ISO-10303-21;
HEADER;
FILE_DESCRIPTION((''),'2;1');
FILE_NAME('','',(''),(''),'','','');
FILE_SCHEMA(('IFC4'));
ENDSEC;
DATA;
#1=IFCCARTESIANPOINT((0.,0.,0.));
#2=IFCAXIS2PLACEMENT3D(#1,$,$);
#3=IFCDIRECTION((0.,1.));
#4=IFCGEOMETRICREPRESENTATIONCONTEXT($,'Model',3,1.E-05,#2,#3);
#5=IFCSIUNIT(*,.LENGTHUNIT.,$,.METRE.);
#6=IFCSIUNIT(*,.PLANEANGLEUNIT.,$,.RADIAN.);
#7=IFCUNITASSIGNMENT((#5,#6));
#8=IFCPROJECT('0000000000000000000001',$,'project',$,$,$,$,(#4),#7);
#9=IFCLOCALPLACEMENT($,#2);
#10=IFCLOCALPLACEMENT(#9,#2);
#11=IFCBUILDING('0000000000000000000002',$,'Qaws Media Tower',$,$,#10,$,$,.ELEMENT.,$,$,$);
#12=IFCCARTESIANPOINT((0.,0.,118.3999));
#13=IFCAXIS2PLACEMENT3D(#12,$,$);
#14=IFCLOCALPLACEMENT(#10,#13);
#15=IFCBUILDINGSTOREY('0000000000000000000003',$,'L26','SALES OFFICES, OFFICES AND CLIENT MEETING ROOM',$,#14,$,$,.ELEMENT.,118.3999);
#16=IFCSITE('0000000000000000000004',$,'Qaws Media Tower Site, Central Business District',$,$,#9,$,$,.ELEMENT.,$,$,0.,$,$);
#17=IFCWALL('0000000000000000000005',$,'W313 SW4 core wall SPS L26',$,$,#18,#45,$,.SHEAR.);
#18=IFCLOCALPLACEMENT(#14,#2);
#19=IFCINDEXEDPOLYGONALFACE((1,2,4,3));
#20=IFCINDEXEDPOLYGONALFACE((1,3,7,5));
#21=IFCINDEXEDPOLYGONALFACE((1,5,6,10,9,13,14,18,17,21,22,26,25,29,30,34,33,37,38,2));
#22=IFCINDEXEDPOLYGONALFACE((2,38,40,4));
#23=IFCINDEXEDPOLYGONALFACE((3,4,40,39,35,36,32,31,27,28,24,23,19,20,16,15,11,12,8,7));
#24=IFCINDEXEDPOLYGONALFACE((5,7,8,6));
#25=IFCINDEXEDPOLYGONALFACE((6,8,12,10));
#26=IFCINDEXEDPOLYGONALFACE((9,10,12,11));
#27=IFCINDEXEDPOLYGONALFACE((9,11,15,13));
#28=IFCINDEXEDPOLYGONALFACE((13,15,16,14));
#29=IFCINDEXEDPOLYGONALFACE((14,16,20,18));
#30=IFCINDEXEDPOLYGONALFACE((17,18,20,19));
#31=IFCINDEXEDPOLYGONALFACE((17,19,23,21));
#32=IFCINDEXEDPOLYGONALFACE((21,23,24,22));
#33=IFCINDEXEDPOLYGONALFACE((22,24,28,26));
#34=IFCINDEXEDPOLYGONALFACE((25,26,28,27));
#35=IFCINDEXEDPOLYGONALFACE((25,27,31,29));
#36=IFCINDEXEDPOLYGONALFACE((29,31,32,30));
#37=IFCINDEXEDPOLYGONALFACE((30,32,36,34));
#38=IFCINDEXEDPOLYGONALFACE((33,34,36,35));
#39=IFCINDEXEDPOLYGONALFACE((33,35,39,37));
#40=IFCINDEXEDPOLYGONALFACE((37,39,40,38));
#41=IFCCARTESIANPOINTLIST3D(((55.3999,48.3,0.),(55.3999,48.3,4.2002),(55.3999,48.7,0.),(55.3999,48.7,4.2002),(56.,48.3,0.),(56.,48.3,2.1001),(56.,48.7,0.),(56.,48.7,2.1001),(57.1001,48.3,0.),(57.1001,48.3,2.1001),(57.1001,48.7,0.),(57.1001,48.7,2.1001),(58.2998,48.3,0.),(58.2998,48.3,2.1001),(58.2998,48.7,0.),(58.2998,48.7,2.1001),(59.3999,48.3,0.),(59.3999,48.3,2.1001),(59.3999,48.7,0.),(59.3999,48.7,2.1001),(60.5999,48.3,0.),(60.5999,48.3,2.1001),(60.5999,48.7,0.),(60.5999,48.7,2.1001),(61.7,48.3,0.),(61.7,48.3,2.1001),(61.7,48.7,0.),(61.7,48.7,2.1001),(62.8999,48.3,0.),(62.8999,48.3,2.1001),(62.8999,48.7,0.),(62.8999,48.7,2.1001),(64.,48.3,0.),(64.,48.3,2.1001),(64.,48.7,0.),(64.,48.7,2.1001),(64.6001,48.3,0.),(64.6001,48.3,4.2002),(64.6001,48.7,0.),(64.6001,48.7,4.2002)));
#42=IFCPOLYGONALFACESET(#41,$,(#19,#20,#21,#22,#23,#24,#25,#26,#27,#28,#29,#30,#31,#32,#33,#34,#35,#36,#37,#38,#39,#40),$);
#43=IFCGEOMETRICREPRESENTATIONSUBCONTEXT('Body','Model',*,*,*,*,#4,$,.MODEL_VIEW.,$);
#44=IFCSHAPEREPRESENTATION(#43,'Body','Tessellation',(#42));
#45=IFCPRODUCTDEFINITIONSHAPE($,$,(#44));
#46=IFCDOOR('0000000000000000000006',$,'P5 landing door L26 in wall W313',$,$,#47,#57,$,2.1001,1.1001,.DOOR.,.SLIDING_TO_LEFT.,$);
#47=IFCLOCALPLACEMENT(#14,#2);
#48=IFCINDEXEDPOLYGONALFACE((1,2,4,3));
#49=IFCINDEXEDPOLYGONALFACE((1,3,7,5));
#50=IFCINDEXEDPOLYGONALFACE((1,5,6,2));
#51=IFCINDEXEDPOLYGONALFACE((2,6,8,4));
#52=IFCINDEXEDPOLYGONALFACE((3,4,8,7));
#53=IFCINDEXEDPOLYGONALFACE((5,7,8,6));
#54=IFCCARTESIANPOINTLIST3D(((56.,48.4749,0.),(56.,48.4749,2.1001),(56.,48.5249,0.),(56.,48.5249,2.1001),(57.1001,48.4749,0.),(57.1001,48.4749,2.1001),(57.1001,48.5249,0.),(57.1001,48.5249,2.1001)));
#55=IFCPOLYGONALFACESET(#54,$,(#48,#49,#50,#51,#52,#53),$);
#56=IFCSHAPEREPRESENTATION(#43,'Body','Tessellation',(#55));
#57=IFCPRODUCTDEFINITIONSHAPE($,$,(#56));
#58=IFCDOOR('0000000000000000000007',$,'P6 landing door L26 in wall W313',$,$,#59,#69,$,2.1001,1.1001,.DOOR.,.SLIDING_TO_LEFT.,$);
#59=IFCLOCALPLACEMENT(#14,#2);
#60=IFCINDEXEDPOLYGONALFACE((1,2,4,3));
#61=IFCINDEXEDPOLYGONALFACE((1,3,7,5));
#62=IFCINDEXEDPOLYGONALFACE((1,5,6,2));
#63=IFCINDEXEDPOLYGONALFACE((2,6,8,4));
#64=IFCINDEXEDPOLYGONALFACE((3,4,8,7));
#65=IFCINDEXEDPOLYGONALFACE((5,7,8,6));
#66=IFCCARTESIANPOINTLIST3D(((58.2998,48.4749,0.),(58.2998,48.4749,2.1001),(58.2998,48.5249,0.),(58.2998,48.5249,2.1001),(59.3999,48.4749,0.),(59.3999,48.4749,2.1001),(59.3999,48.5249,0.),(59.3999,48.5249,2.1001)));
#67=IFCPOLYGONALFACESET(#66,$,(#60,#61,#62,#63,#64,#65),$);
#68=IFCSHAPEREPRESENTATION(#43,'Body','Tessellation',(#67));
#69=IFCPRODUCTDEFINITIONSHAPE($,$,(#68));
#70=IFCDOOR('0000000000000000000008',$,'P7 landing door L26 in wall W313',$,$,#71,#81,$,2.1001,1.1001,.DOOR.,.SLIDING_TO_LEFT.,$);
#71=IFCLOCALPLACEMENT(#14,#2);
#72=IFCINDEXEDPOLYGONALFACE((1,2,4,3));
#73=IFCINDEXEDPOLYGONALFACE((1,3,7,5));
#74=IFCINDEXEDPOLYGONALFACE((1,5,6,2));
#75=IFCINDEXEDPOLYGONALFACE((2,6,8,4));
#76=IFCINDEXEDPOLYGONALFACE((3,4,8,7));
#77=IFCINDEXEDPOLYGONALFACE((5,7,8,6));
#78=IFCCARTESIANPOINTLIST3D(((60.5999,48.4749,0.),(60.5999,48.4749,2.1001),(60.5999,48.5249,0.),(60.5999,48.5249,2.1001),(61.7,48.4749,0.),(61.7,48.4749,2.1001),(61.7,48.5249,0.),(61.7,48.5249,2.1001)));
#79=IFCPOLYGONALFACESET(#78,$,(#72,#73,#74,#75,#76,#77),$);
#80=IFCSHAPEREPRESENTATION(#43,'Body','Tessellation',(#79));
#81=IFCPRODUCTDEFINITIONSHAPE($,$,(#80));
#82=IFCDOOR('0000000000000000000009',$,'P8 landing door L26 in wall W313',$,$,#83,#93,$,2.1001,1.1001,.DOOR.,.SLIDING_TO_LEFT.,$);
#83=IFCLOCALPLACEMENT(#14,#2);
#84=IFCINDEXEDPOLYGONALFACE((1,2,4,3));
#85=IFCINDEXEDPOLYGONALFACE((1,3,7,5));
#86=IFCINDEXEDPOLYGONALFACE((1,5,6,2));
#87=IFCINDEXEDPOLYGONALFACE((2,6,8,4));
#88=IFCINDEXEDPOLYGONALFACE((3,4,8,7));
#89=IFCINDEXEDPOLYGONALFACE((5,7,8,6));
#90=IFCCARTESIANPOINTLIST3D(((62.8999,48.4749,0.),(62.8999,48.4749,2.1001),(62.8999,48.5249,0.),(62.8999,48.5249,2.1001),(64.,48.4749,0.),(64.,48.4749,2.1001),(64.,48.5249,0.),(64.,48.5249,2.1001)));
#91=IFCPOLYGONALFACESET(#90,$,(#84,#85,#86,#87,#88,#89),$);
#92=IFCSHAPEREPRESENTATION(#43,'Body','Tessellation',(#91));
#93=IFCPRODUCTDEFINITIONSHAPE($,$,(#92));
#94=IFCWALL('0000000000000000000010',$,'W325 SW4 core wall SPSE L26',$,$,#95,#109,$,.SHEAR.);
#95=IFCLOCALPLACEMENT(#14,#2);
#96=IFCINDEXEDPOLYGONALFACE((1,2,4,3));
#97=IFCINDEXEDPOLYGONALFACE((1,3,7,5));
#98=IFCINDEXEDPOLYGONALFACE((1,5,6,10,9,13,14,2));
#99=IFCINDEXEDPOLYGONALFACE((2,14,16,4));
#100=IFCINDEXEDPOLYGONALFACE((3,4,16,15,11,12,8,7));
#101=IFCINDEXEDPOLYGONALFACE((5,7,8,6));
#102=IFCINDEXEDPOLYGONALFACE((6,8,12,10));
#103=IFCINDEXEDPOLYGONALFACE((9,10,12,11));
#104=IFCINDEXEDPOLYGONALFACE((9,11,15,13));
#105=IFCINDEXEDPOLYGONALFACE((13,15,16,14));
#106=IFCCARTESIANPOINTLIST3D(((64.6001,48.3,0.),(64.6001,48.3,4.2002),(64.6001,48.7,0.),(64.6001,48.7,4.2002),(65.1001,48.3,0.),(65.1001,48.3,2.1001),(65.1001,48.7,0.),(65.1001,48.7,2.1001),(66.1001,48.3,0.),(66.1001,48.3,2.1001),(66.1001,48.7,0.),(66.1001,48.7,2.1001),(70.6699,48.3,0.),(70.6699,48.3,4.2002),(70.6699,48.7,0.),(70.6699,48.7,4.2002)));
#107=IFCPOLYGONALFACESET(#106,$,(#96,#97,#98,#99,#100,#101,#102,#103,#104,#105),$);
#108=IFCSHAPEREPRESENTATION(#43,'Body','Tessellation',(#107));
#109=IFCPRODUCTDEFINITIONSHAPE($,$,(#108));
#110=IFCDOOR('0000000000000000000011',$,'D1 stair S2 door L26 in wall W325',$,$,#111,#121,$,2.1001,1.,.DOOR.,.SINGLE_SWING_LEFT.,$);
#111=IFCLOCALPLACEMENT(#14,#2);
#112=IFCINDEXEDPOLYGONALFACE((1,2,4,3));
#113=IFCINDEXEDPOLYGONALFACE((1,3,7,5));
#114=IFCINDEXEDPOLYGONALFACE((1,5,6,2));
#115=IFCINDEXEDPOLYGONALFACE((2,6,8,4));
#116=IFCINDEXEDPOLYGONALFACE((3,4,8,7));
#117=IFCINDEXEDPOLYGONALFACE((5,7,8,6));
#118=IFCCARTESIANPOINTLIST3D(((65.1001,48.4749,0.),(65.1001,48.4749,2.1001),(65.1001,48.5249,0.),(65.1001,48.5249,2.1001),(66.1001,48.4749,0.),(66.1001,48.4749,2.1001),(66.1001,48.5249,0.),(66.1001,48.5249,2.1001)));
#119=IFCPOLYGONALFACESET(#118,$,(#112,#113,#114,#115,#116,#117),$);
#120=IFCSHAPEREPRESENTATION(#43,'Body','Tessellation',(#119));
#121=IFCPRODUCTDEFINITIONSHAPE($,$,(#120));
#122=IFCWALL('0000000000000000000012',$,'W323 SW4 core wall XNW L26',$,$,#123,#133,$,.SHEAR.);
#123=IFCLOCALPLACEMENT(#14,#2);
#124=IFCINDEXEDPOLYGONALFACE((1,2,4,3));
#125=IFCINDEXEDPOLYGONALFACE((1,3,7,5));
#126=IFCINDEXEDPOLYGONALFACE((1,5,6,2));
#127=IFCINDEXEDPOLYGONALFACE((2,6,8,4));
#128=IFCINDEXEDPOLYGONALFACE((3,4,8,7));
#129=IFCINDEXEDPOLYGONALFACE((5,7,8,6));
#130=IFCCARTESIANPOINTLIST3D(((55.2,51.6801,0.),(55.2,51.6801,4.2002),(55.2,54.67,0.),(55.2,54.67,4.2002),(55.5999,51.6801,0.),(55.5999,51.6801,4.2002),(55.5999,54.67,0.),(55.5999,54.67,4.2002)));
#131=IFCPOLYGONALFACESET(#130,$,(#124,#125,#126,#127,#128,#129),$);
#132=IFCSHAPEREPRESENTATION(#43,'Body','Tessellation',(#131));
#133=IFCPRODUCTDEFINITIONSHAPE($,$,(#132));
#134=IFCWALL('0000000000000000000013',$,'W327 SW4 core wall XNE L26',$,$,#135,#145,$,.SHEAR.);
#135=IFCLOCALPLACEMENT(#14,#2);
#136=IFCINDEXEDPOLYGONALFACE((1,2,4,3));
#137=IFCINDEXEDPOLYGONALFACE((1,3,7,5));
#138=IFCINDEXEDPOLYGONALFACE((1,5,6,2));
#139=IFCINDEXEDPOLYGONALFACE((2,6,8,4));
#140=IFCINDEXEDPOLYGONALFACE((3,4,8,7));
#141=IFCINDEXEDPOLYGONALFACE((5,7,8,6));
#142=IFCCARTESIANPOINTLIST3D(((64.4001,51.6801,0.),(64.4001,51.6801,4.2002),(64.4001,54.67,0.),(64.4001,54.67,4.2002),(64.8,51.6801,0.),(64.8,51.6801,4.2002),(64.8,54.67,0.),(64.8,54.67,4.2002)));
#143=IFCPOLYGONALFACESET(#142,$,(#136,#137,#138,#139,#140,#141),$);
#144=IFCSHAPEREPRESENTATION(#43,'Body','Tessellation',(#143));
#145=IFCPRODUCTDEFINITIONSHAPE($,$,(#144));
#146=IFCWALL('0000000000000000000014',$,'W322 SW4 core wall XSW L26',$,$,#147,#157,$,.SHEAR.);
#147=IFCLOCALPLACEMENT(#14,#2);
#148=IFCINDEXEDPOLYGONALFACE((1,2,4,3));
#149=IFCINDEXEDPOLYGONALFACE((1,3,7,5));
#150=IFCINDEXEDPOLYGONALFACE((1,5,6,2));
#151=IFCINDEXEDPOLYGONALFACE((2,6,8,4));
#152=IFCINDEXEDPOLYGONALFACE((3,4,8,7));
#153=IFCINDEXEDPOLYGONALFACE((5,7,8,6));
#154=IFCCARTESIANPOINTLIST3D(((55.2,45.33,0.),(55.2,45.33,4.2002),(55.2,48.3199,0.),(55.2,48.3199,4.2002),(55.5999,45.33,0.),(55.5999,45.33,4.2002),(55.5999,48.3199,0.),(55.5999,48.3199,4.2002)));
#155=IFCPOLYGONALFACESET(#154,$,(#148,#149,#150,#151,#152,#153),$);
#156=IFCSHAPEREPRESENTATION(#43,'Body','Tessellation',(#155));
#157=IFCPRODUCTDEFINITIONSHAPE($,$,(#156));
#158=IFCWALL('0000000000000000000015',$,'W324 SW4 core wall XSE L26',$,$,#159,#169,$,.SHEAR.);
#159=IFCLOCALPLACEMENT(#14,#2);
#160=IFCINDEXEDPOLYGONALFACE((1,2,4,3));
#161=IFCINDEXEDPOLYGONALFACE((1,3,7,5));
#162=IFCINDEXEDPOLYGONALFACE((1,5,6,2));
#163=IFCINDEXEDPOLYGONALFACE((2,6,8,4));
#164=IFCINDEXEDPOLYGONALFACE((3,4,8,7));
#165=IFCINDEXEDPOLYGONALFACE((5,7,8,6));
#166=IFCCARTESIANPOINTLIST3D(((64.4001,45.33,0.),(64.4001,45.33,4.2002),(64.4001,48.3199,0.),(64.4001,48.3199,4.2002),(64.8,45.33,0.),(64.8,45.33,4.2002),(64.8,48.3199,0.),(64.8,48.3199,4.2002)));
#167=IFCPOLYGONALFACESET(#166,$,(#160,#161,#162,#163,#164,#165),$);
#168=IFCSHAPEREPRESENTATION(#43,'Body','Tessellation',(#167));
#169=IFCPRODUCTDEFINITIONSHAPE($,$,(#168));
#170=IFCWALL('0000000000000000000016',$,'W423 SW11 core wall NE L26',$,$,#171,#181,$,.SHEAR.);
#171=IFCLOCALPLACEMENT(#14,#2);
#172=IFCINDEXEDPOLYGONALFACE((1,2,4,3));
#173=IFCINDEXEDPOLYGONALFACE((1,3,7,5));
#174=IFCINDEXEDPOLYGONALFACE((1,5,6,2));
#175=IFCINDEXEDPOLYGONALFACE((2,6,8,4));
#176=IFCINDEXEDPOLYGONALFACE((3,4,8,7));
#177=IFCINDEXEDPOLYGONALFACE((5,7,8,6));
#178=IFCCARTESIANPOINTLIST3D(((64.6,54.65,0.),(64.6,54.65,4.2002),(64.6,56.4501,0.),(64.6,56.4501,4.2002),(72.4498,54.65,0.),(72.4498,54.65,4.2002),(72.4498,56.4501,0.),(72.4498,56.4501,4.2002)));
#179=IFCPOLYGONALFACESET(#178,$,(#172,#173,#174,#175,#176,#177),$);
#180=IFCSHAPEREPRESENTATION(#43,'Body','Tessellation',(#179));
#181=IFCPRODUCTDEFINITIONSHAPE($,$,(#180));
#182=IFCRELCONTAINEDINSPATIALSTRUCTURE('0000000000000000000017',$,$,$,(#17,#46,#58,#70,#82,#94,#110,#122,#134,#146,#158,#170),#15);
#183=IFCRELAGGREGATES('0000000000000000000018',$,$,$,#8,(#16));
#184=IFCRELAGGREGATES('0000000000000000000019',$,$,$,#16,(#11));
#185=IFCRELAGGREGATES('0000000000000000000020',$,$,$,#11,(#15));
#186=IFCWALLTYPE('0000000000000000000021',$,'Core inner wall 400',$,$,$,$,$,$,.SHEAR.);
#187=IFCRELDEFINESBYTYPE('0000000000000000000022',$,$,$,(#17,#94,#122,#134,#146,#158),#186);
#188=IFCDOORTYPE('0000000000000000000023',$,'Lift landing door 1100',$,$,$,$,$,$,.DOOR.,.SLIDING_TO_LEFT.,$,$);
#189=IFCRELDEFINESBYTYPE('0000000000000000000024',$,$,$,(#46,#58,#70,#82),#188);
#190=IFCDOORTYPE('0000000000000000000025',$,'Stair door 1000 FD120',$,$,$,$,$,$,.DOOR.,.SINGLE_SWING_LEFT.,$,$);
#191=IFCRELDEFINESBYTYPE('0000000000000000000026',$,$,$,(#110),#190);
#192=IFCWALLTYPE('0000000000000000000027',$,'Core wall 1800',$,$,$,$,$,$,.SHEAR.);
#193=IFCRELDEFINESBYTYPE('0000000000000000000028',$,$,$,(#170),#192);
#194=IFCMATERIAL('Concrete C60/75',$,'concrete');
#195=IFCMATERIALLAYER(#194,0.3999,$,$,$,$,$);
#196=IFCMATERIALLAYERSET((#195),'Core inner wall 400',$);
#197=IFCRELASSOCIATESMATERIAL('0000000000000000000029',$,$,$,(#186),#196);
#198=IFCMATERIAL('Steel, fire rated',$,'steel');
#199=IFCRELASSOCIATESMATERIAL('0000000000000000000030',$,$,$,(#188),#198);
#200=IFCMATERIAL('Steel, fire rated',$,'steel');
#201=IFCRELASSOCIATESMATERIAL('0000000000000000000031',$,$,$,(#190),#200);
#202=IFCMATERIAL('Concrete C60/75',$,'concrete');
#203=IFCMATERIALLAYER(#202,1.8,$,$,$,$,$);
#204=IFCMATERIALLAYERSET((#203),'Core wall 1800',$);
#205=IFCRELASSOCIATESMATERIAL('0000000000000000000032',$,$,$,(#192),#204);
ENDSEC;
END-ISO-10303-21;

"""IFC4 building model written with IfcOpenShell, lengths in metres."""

from ifc_helpers import new_model, si_unit, direction, frame, frame_2d, origin, place, context, subcontext, project, spatial, rectangle, extrude, material, layer, layer_set, type_object, element, fill, save


model = new_model("IFC4")

# Units and contexts
model_context = context("Model", 3, precision=1e-05, world=origin(), true_north=direction((0.0, 1.0)))
body_context = subcontext(model_context, "Body", "Model", "MODEL_VIEW")
ifc_project = project(units=[si_unit("LENGTHUNIT", "METRE"), si_unit("PLANEANGLEUNIT", "RADIAN")], contexts=[model_context])

# Site, building, storey
site_placement = place(None, origin())
site = spatial("IfcSite", under=ifc_project, at=site_placement, Name="Qaws Media Tower Site, Central Business District", CompositionType="ELEMENT", RefElevation=0.0)
building_placement = place(site_placement, origin())
building = spatial("IfcBuilding", under=site, at=building_placement, Name="Qaws Media Tower", CompositionType="ELEMENT")
storey_placement = place(building_placement, frame((0.0, 0.0, 118.3999)))
storey = spatial("IfcBuildingStorey", under=building, at=storey_placement, Name="L26", Description="SALES OFFICES, OFFICES AND CLIENT MEETING ROOM", CompositionType="ELEMENT", Elevation=118.3999)

# Wall, openings, doors
ifc_material_1 = material(Name="Concrete C60/75", Category="concrete")
ifc_layer_1 = layer(ifc_material_1, 0.3999)
ifc_layer_set_1 = layer_set([ifc_layer_1], Name="Core inner wall 400")
wall_type_1 = type_object("IfcWallType", Name="Core inner wall 400", PredefinedType="SHEAR", material=ifc_layer_set_1)
wall_1_placement = place(storey_placement, frame((55.3999, 48.5, 0.0), z_axis=(0.0, 0.0, 1.0), x_axis=(1.0, 0.0, 0.0)))
wall_1 = element("IfcWall", 1, at=wall_1_placement, inside=storey, type_object=wall_type_1, Name="W313 SW4 core wall SPS L26", PredefinedType="SHEAR", context=body_context, shape_type="SweptSolid", body=[
    extrude(rectangle(XDim=9.2002, YDim=0.3999, at=frame_2d((4.6001, 0.0))), origin(), (0.0, 0.0, 1.0), 4.2002),
])
opening_1_placement = place(wall_1_placement, frame((0.6001, 0.0, 0.0)))
opening_1 = element("IfcOpeningElement", 2, at=opening_1_placement, cuts=wall_1, PredefinedType="OPENING", context=body_context, shape_type="SweptSolid", body=[
    extrude(rectangle(XDim=1.1001, YDim=2.1001, at=frame_2d((0.55, 1.05))), frame((0.0, 0.21, 0.0), z_axis=(0.0, -1.0, 0.0), x_axis=(1.0, 0.0, 0.0)), (0.0, 0.0, 1.0), 0.4199),
])
opening_2_placement = place(wall_1_placement, frame((2.8999, 0.0, 0.0)))
opening_2 = element("IfcOpeningElement", 3, at=opening_2_placement, cuts=wall_1, PredefinedType="OPENING", context=body_context, shape_type="SweptSolid", body=[
    extrude(rectangle(XDim=1.1001, YDim=2.1001, at=frame_2d((0.55, 1.05))), frame((0.0, 0.21, 0.0), z_axis=(0.0, -1.0, 0.0), x_axis=(1.0, 0.0, 0.0)), (0.0, 0.0, 1.0), 0.4199),
])
opening_3_placement = place(wall_1_placement, frame((5.2, 0.0, 0.0)))
opening_3 = element("IfcOpeningElement", 4, at=opening_3_placement, cuts=wall_1, PredefinedType="OPENING", context=body_context, shape_type="SweptSolid", body=[
    extrude(rectangle(XDim=1.1001, YDim=2.1001, at=frame_2d((0.55, 1.05))), frame((0.0, 0.21, 0.0), z_axis=(0.0, -1.0, 0.0), x_axis=(1.0, 0.0, 0.0)), (0.0, 0.0, 1.0), 0.4199),
])
opening_4_placement = place(wall_1_placement, frame((7.5, 0.0, 0.0)))
opening_4 = element("IfcOpeningElement", 5, at=opening_4_placement, cuts=wall_1, PredefinedType="OPENING", context=body_context, shape_type="SweptSolid", body=[
    extrude(rectangle(XDim=1.1001, YDim=2.1001, at=frame_2d((0.55, 1.05))), frame((0.0, 0.21, 0.0), z_axis=(0.0, -1.0, 0.0), x_axis=(1.0, 0.0, 0.0)), (0.0, 0.0, 1.0), 0.4199),
])
ifc_material_2 = material(Name="Steel, fire rated", Category="steel")
door_type_1 = type_object("IfcDoorType", Name="Lift landing door 1100", OperationType="SLIDING_TO_LEFT", PredefinedType="DOOR", material=ifc_material_2)
door_1_placement = place(opening_1_placement, origin())
door_1 = element("IfcDoor", 6, at=door_1_placement, inside=storey, type_object=door_type_1, Name="P5 landing door L26 in wall W313", OperationType="SLIDING_TO_LEFT", OverallHeight=2.1001, OverallWidth=1.1001, PredefinedType="DOOR", context=body_context, shape_type="SweptSolid", body=[
    extrude(rectangle(XDim=1.1001, YDim=2.1001, at=frame_2d((0.55, 1.05))), frame((0.0, 0.0249, 0.0), z_axis=(0.0, -1.0, 0.0), x_axis=(1.0, 0.0, 0.0)), (0.0, 0.0, 1.0), 0.05),
])
fill(opening_1, door_1)
door_2_placement = place(opening_2_placement, origin())
door_2 = element("IfcDoor", 7, at=door_2_placement, inside=storey, type_object=door_type_1, Name="P6 landing door L26 in wall W313", OperationType="SLIDING_TO_LEFT", OverallHeight=2.1001, OverallWidth=1.1001, PredefinedType="DOOR", context=body_context, shape_type="SweptSolid", body=[
    extrude(rectangle(XDim=1.1001, YDim=2.1001, at=frame_2d((0.55, 1.05))), frame((0.0, 0.0249, 0.0), z_axis=(0.0, -1.0, 0.0), x_axis=(1.0, 0.0, 0.0)), (0.0, 0.0, 1.0), 0.05),
])
fill(opening_2, door_2)
door_3_placement = place(opening_3_placement, origin())
door_3 = element("IfcDoor", 8, at=door_3_placement, inside=storey, type_object=door_type_1, Name="P7 landing door L26 in wall W313", OperationType="SLIDING_TO_LEFT", OverallHeight=2.1001, OverallWidth=1.1001, PredefinedType="DOOR", context=body_context, shape_type="SweptSolid", body=[
    extrude(rectangle(XDim=1.1001, YDim=2.1001, at=frame_2d((0.55, 1.05))), frame((0.0, 0.0249, 0.0), z_axis=(0.0, -1.0, 0.0), x_axis=(1.0, 0.0, 0.0)), (0.0, 0.0, 1.0), 0.05),
])
fill(opening_3, door_3)
door_4_placement = place(opening_4_placement, origin())
door_4 = element("IfcDoor", 9, at=door_4_placement, inside=storey, type_object=door_type_1, Name="P8 landing door L26 in wall W313", OperationType="SLIDING_TO_LEFT", OverallHeight=2.1001, OverallWidth=1.1001, PredefinedType="DOOR", context=body_context, shape_type="SweptSolid", body=[
    extrude(rectangle(XDim=1.1001, YDim=2.1001, at=frame_2d((0.55, 1.05))), frame((0.0, 0.0249, 0.0), z_axis=(0.0, -1.0, 0.0), x_axis=(1.0, 0.0, 0.0)), (0.0, 0.0, 1.0), 0.05),
])
fill(opening_4, door_4)

# Wall, opening, door
wall_2_placement = place(storey_placement, frame((64.6001, 48.5, 0.0), z_axis=(0.0, 0.0, 1.0), x_axis=(1.0, 0.0, 0.0)))
wall_2 = element("IfcWall", 10, at=wall_2_placement, inside=storey, type_object=wall_type_1, Name="W325 SW4 core wall SPSE L26", PredefinedType="SHEAR", context=body_context, shape_type="SweptSolid", body=[
    extrude(rectangle(XDim=6.0698, YDim=0.3999, at=frame_2d((3.0349, 0.0))), origin(), (0.0, 0.0, 1.0), 4.2002),
])
opening_5_placement = place(wall_2_placement, frame((0.5, 0.0, 0.0)))
opening_5 = element("IfcOpeningElement", 11, at=opening_5_placement, cuts=wall_2, PredefinedType="OPENING", context=body_context, shape_type="SweptSolid", body=[
    extrude(rectangle(XDim=1.0, YDim=2.1001, at=frame_2d((0.5, 1.05))), frame((0.0, 0.21, 0.0), z_axis=(0.0, -1.0, 0.0), x_axis=(1.0, 0.0, 0.0)), (0.0, 0.0, 1.0), 0.4199),
])
ifc_material_3 = material(Name="Steel, fire rated", Category="steel")
door_type_2 = type_object("IfcDoorType", Name="Stair door 1000 FD120", OperationType="SINGLE_SWING_LEFT", PredefinedType="DOOR", material=ifc_material_3)
door_5_placement = place(opening_5_placement, origin())
door_5 = element("IfcDoor", 12, at=door_5_placement, inside=storey, type_object=door_type_2, Name="D1 stair S2 door L26 in wall W325", OperationType="SINGLE_SWING_LEFT", OverallHeight=2.1001, OverallWidth=1.0, PredefinedType="DOOR", context=body_context, shape_type="SweptSolid", body=[
    extrude(rectangle(XDim=1.0, YDim=2.1001, at=frame_2d((0.5, 1.05))), frame((0.0, 0.0249, 0.0), z_axis=(0.0, -1.0, 0.0), x_axis=(1.0, 0.0, 0.0)), (0.0, 0.0, 1.0), 0.05),
])
fill(opening_5, door_5)

# Walls
for number, where, z_axis, x_axis, name in (
    (13, (55.3999, 51.6799, 0.0), (0.0, 0.0, 1.0), (0.0, 1.0, 0.0), "W323 SW4 core wall XNW L26"),
    (14, (64.6001, 51.6799, 0.0), (0.0, 0.0, 1.0), (0.0, 1.0, 0.0), "W327 SW4 core wall XNE L26"),
    (15, (55.3999, 48.3201, 0.0), (0.0, 0.0, 1.0), (0.0, -1.0, 0.0), "W322 SW4 core wall XSW L26"),
    (16, (64.6001, 48.3201, 0.0), (0.0, 0.0, 1.0), (0.0, -1.0, 0.0), "W324 SW4 core wall XSE L26"),
):
    element("IfcWall", number, at=place(storey_placement, frame(where, z_axis=z_axis, x_axis=x_axis)), inside=storey, type_object=wall_type_1, Name=name, PredefinedType="SHEAR", context=body_context, shape_type="SweptSolid", body=[
        extrude(rectangle(XDim=2.99, YDim=0.3999, at=frame_2d((1.4951, 0.0))), origin(), (0.0, 0.0, 1.0), 4.2002),
    ])
ifc_material_4 = material(Name="Concrete C60/75", Category="concrete")
ifc_layer_2 = layer(ifc_material_4, 1.8)
ifc_layer_set_2 = layer_set([ifc_layer_2], Name="Core wall 1800")
wall_type_2 = type_object("IfcWallType", Name="Core wall 1800", PredefinedType="SHEAR", material=ifc_layer_set_2)
wall_3_placement = place(storey_placement, frame((64.6001, 55.55, 0.0), z_axis=(0.0, 0.0, 1.0), x_axis=(1.0, 0.0, 0.0)))
element("IfcWall", 17, at=wall_3_placement, inside=storey, type_object=wall_type_2, Name="W423 SW11 core wall NE L26", PredefinedType="SHEAR", context=body_context, shape_type="SweptSolid", body=[
    extrude(rectangle(XDim=7.8499, YDim=1.8, at=frame_2d((3.9248, 0.0))), origin(), (0.0, 0.0, 1.0), 4.2002),
])

save(model, "model.ifc")
